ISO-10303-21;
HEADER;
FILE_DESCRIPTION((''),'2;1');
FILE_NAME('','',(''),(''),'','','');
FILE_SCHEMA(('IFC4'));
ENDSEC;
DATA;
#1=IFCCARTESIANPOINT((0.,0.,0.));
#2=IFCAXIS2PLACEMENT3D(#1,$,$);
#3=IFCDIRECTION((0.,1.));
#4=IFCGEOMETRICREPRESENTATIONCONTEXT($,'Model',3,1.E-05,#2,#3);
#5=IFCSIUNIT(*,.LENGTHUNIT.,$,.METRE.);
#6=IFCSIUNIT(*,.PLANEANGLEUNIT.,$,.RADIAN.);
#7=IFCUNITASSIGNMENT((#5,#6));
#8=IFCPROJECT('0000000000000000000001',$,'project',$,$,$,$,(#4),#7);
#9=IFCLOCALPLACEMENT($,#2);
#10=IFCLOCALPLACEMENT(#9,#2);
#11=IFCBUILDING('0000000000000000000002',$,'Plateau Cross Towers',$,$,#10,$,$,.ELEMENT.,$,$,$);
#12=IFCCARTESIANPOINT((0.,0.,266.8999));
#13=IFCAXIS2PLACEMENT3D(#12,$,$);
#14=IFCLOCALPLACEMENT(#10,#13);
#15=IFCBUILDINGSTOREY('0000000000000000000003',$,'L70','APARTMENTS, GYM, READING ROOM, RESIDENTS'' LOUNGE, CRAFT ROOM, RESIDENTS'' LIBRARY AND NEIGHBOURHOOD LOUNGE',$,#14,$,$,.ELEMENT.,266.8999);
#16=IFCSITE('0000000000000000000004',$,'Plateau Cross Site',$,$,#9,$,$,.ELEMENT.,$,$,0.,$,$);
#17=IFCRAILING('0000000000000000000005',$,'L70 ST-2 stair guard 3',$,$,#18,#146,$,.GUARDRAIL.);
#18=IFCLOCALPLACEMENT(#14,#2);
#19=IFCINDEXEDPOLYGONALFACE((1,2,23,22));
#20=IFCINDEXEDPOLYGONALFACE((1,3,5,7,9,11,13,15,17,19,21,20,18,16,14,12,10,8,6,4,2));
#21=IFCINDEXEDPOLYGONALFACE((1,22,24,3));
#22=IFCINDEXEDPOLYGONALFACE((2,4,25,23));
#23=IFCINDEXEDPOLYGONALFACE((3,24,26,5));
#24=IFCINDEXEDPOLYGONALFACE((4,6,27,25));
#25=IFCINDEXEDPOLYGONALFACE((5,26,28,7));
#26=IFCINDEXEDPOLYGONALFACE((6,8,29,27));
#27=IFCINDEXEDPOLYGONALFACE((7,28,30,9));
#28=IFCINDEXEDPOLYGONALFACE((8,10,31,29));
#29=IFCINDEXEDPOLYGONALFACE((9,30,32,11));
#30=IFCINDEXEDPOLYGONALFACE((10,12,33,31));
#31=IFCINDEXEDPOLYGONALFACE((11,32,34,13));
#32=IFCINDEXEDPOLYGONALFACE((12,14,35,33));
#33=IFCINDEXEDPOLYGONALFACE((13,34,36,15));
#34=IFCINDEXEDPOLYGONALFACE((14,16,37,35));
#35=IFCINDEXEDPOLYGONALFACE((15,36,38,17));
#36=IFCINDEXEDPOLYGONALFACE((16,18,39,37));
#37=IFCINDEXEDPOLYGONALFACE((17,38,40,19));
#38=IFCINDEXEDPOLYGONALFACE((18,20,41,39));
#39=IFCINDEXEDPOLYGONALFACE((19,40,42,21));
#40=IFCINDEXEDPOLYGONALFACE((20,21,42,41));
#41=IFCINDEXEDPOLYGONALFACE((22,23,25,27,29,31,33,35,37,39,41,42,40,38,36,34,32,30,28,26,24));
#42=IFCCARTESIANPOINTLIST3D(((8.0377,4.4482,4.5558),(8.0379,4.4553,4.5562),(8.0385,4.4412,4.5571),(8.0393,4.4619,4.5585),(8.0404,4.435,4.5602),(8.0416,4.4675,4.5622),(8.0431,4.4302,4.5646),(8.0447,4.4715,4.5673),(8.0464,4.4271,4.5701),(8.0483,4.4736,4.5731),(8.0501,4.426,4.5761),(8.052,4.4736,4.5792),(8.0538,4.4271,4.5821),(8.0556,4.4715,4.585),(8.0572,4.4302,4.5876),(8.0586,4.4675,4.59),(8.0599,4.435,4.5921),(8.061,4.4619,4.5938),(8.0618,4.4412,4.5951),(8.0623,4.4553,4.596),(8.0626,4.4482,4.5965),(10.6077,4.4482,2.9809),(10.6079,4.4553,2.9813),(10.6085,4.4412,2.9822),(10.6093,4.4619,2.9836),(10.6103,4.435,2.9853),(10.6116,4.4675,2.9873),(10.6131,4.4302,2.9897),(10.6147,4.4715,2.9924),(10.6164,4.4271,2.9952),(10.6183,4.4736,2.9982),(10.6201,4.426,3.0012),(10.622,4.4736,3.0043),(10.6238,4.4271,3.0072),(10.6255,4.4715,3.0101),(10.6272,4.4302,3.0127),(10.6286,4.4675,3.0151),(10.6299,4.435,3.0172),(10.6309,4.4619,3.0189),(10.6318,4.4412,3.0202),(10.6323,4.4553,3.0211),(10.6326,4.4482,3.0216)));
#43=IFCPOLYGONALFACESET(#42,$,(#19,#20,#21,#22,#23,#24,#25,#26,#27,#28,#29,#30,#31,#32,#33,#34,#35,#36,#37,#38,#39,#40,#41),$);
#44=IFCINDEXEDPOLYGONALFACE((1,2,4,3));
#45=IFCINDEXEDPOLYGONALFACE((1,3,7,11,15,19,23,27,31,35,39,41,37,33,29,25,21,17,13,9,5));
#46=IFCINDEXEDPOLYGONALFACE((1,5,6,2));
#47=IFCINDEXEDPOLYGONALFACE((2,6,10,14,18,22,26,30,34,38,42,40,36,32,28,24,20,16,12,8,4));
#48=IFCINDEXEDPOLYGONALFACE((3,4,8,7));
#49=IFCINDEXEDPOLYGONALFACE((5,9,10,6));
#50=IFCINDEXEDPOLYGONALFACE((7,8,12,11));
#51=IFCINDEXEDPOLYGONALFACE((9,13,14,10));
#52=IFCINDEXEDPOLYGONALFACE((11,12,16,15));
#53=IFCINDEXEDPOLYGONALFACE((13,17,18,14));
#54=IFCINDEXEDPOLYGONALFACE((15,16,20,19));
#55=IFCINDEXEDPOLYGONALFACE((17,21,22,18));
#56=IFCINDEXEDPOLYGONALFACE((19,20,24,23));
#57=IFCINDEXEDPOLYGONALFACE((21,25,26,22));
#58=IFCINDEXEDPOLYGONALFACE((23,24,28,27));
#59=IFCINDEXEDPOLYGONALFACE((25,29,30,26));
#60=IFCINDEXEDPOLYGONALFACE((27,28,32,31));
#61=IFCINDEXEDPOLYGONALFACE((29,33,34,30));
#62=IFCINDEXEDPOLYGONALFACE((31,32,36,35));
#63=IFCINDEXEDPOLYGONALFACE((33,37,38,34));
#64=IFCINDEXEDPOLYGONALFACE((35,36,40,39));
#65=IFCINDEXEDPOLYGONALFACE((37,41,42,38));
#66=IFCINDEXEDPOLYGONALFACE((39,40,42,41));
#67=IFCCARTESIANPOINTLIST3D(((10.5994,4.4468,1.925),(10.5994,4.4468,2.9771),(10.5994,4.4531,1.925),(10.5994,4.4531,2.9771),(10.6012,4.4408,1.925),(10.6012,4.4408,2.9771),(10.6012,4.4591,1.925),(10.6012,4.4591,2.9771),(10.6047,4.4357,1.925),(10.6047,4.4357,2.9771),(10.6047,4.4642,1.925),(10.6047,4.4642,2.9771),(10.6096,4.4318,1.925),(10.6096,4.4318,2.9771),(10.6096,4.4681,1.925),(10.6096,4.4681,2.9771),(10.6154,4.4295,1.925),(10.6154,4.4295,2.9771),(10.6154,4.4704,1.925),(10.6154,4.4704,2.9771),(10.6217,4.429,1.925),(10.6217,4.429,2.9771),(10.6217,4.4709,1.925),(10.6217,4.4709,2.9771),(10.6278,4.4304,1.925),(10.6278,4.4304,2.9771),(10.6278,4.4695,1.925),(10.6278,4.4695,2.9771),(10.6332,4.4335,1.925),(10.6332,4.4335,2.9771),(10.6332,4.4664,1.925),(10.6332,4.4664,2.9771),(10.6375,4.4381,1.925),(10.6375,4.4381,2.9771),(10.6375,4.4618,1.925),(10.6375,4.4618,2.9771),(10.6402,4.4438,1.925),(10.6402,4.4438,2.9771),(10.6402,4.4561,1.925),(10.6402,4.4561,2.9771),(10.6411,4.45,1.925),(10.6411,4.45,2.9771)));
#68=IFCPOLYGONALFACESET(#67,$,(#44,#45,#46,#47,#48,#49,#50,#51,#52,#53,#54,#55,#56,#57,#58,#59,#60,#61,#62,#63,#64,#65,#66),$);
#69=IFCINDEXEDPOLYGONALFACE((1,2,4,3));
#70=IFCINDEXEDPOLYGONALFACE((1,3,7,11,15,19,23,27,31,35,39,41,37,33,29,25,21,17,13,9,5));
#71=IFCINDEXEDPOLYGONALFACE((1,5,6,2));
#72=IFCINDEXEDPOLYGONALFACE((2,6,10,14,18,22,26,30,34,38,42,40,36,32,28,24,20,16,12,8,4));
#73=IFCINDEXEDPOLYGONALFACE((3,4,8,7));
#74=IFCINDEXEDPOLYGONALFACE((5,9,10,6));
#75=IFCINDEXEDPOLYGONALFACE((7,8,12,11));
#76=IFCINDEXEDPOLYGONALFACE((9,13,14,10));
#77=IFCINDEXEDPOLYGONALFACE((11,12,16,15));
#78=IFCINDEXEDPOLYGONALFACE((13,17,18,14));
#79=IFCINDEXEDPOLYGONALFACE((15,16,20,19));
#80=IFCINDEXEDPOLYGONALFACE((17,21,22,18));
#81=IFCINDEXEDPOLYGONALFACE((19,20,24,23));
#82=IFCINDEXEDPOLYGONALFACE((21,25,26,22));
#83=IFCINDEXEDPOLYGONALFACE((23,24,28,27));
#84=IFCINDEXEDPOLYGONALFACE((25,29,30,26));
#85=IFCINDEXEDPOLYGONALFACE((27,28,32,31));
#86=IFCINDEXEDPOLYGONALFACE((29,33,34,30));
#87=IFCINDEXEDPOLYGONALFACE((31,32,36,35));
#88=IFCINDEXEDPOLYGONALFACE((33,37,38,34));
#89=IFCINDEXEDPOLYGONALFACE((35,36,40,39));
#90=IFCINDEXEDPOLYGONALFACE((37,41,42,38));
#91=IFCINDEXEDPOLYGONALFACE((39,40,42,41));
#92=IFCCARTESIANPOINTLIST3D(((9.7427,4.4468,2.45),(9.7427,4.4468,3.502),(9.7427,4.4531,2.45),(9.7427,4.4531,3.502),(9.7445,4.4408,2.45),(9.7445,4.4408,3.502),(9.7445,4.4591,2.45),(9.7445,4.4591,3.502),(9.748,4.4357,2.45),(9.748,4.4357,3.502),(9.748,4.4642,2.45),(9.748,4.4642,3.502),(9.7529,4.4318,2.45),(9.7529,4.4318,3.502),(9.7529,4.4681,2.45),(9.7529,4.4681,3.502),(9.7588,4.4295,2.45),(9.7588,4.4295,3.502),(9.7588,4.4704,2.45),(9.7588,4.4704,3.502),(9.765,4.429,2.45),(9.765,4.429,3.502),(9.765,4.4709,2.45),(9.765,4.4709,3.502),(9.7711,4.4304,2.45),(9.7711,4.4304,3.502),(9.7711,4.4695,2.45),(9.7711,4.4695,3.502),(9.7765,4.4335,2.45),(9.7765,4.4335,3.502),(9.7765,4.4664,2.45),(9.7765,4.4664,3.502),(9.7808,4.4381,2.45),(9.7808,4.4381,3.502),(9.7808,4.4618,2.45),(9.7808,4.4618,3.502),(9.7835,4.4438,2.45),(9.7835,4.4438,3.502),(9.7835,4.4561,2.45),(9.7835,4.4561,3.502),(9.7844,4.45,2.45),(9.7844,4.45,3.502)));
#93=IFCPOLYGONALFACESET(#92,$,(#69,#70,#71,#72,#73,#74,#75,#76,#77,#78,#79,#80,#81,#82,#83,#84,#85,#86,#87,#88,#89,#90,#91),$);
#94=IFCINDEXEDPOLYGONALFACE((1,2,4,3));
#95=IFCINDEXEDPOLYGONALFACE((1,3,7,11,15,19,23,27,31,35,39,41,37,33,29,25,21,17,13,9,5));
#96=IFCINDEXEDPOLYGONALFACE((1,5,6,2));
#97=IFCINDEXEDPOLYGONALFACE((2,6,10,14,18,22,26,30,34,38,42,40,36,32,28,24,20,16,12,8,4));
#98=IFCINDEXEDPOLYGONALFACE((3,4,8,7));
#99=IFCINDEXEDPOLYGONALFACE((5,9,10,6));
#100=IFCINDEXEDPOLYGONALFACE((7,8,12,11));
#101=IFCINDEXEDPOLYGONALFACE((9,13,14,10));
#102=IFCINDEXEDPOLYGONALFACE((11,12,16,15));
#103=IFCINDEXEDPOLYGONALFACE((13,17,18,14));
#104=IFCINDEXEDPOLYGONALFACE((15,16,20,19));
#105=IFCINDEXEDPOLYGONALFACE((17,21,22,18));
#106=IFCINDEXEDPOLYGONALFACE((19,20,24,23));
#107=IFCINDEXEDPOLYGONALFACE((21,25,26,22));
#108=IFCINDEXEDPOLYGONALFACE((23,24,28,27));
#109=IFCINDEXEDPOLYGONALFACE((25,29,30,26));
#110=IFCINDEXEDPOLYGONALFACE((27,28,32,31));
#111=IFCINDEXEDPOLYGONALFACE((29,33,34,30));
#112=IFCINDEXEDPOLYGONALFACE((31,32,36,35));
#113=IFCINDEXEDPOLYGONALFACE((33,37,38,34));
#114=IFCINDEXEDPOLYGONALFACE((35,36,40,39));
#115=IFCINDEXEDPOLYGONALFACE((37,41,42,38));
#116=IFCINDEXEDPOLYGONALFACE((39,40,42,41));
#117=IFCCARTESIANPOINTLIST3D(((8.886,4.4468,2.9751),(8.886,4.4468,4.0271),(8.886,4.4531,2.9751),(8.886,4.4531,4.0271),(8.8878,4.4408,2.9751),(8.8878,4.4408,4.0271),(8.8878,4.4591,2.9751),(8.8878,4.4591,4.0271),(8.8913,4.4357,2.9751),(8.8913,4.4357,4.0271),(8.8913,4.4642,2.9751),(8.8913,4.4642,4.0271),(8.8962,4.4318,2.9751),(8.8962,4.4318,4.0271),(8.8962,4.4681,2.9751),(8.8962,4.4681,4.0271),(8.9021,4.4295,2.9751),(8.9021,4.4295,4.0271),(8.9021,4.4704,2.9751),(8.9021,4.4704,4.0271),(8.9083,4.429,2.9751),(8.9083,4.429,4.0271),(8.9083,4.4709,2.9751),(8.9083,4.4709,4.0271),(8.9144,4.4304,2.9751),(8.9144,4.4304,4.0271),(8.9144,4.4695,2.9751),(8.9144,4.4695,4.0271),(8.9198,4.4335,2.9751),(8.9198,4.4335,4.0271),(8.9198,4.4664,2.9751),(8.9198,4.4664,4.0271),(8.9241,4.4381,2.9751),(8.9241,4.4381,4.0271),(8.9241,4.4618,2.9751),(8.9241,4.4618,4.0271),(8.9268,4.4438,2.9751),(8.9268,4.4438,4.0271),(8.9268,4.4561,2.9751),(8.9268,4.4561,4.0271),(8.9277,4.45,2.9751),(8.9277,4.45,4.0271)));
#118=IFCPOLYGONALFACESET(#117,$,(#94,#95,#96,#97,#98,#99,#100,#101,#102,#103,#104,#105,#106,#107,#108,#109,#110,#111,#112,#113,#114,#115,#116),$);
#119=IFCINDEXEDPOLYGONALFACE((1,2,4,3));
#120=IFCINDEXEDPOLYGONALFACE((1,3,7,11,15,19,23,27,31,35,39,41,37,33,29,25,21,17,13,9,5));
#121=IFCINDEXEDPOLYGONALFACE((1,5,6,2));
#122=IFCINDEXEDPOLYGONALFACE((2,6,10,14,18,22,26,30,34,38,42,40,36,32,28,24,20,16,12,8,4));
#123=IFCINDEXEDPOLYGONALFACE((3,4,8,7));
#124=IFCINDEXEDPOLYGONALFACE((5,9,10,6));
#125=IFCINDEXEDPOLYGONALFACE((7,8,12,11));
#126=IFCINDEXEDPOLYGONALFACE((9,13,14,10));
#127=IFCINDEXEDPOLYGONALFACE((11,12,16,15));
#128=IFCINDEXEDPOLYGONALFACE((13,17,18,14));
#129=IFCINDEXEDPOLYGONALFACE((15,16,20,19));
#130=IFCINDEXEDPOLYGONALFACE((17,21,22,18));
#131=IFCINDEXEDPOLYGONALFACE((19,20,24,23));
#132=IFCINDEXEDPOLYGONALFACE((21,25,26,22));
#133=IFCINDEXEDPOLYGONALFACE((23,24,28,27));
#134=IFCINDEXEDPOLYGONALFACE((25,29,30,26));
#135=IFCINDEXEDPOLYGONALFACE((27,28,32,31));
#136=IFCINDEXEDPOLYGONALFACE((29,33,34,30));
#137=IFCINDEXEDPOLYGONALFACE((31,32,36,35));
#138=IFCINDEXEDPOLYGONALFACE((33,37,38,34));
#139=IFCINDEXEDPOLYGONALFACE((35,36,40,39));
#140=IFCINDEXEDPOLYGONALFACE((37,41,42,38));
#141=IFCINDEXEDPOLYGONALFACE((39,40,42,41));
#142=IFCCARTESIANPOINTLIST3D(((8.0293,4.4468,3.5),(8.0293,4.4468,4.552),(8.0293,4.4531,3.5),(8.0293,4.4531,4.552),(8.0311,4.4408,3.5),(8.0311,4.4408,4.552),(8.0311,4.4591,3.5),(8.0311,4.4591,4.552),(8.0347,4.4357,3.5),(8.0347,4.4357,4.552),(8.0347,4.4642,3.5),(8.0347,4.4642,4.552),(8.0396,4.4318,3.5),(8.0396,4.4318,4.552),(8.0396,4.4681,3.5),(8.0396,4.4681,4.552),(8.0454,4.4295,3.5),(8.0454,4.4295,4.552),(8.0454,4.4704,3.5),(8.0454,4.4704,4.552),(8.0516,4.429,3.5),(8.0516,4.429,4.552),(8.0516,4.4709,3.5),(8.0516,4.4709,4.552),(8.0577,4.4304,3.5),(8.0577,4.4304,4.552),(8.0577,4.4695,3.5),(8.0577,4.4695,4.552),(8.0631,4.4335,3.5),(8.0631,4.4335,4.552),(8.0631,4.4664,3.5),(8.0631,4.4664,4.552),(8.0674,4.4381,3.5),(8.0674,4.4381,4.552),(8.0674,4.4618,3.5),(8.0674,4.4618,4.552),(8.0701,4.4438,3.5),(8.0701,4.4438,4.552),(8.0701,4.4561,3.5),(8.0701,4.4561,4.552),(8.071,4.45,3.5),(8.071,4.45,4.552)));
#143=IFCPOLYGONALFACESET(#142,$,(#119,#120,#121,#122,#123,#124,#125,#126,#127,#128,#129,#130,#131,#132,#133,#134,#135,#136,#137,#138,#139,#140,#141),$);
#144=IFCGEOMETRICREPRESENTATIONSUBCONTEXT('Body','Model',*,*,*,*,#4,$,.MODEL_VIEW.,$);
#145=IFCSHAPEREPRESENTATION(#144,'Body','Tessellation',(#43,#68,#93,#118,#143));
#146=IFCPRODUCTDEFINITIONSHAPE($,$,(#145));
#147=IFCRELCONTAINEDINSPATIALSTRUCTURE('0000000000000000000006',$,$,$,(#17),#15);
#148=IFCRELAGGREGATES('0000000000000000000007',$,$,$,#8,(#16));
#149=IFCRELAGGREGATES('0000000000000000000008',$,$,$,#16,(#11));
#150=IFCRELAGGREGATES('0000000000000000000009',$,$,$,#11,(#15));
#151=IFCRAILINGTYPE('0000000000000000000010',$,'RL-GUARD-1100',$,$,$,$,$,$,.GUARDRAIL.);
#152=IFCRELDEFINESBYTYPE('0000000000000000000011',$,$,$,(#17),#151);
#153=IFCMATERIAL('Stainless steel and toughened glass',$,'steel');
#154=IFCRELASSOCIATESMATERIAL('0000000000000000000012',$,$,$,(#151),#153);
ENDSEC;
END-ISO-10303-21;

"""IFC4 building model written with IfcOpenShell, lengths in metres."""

from ifc_helpers import new_model, si_unit, direction, frame, origin, origin_2d, place, context, subcontext, project, spatial, circle, extrude, material, type_object, element, save


model = new_model("IFC4")

# Units and contexts
model_context = context("Model", 3, precision=1e-05, world=origin(), true_north=direction((0.0, 1.0)))
body_context = subcontext(model_context, "Body", "Model", "MODEL_VIEW")
ifc_project = project(units=[si_unit("LENGTHUNIT", "METRE"), si_unit("PLANEANGLEUNIT", "RADIAN")], contexts=[model_context])

# Site, building, storey
site_placement = place(None, origin())
site = spatial("IfcSite", under=ifc_project, at=site_placement, Name="Plateau Cross Site", CompositionType="ELEMENT", RefElevation=0.0)
building_placement = place(site_placement, origin())
building = spatial("IfcBuilding", under=site, at=building_placement, Name="Plateau Cross Towers", CompositionType="ELEMENT")
storey_placement = place(building_placement, frame((0.0, 0.0, 266.8999)))
storey = spatial("IfcBuildingStorey", under=building, at=storey_placement, Name="L70", Description="APARTMENTS, GYM, READING ROOM, RESIDENTS' LOUNGE, CRAFT ROOM, RESIDENTS' LIBRARY AND NEIGHBOURHOOD LOUNGE", CompositionType="ELEMENT", Elevation=266.8999)

# Railing
ifc_material_1 = material(Name="Stainless steel and toughened glass", Category="steel")
railing_type_1 = type_object("IfcRailingType", Name="RL-GUARD-1100", PredefinedType="GUARDRAIL", material=ifc_material_1)
railing_1_placement = place(storey_placement, frame((10.6201, 4.45, 1.925)))
element("IfcRailing", 1, at=railing_1_placement, inside=storey, type_object=railing_type_1, Name="L70 ST-2 stair guard 3", PredefinedType="GUARDRAIL", context=body_context, shape_type="SweptSolid", body=[
    extrude(circle(Radius=0.0239, at=origin_2d()), frame((0.0, 0.0, 1.0762), z_axis=(-0.852639, 0.0, 0.522501), x_axis=(0.0, -1.0, 0.0)), (0.0, 0.0, 1.0), 3.0142),
    extrude(circle(Radius=0.021, at=origin_2d()), origin(), (0.0, 0.0, 1.0), 1.052),
    extrude(circle(Radius=0.021, at=origin_2d()), frame((-0.8567, 0.0, 0.5249)), (0.0, 0.0, 1.0), 1.052),
    extrude(circle(Radius=0.021, at=origin_2d()), frame((-1.7134, 0.0, 1.05)), (0.0, 0.0, 1.0), 1.052),
    extrude(circle(Radius=0.021, at=origin_2d()), frame((-2.5701, 0.0, 1.575)), (0.0, 0.0, 1.0), 1.052),
])

save(model, "model.ifc")
